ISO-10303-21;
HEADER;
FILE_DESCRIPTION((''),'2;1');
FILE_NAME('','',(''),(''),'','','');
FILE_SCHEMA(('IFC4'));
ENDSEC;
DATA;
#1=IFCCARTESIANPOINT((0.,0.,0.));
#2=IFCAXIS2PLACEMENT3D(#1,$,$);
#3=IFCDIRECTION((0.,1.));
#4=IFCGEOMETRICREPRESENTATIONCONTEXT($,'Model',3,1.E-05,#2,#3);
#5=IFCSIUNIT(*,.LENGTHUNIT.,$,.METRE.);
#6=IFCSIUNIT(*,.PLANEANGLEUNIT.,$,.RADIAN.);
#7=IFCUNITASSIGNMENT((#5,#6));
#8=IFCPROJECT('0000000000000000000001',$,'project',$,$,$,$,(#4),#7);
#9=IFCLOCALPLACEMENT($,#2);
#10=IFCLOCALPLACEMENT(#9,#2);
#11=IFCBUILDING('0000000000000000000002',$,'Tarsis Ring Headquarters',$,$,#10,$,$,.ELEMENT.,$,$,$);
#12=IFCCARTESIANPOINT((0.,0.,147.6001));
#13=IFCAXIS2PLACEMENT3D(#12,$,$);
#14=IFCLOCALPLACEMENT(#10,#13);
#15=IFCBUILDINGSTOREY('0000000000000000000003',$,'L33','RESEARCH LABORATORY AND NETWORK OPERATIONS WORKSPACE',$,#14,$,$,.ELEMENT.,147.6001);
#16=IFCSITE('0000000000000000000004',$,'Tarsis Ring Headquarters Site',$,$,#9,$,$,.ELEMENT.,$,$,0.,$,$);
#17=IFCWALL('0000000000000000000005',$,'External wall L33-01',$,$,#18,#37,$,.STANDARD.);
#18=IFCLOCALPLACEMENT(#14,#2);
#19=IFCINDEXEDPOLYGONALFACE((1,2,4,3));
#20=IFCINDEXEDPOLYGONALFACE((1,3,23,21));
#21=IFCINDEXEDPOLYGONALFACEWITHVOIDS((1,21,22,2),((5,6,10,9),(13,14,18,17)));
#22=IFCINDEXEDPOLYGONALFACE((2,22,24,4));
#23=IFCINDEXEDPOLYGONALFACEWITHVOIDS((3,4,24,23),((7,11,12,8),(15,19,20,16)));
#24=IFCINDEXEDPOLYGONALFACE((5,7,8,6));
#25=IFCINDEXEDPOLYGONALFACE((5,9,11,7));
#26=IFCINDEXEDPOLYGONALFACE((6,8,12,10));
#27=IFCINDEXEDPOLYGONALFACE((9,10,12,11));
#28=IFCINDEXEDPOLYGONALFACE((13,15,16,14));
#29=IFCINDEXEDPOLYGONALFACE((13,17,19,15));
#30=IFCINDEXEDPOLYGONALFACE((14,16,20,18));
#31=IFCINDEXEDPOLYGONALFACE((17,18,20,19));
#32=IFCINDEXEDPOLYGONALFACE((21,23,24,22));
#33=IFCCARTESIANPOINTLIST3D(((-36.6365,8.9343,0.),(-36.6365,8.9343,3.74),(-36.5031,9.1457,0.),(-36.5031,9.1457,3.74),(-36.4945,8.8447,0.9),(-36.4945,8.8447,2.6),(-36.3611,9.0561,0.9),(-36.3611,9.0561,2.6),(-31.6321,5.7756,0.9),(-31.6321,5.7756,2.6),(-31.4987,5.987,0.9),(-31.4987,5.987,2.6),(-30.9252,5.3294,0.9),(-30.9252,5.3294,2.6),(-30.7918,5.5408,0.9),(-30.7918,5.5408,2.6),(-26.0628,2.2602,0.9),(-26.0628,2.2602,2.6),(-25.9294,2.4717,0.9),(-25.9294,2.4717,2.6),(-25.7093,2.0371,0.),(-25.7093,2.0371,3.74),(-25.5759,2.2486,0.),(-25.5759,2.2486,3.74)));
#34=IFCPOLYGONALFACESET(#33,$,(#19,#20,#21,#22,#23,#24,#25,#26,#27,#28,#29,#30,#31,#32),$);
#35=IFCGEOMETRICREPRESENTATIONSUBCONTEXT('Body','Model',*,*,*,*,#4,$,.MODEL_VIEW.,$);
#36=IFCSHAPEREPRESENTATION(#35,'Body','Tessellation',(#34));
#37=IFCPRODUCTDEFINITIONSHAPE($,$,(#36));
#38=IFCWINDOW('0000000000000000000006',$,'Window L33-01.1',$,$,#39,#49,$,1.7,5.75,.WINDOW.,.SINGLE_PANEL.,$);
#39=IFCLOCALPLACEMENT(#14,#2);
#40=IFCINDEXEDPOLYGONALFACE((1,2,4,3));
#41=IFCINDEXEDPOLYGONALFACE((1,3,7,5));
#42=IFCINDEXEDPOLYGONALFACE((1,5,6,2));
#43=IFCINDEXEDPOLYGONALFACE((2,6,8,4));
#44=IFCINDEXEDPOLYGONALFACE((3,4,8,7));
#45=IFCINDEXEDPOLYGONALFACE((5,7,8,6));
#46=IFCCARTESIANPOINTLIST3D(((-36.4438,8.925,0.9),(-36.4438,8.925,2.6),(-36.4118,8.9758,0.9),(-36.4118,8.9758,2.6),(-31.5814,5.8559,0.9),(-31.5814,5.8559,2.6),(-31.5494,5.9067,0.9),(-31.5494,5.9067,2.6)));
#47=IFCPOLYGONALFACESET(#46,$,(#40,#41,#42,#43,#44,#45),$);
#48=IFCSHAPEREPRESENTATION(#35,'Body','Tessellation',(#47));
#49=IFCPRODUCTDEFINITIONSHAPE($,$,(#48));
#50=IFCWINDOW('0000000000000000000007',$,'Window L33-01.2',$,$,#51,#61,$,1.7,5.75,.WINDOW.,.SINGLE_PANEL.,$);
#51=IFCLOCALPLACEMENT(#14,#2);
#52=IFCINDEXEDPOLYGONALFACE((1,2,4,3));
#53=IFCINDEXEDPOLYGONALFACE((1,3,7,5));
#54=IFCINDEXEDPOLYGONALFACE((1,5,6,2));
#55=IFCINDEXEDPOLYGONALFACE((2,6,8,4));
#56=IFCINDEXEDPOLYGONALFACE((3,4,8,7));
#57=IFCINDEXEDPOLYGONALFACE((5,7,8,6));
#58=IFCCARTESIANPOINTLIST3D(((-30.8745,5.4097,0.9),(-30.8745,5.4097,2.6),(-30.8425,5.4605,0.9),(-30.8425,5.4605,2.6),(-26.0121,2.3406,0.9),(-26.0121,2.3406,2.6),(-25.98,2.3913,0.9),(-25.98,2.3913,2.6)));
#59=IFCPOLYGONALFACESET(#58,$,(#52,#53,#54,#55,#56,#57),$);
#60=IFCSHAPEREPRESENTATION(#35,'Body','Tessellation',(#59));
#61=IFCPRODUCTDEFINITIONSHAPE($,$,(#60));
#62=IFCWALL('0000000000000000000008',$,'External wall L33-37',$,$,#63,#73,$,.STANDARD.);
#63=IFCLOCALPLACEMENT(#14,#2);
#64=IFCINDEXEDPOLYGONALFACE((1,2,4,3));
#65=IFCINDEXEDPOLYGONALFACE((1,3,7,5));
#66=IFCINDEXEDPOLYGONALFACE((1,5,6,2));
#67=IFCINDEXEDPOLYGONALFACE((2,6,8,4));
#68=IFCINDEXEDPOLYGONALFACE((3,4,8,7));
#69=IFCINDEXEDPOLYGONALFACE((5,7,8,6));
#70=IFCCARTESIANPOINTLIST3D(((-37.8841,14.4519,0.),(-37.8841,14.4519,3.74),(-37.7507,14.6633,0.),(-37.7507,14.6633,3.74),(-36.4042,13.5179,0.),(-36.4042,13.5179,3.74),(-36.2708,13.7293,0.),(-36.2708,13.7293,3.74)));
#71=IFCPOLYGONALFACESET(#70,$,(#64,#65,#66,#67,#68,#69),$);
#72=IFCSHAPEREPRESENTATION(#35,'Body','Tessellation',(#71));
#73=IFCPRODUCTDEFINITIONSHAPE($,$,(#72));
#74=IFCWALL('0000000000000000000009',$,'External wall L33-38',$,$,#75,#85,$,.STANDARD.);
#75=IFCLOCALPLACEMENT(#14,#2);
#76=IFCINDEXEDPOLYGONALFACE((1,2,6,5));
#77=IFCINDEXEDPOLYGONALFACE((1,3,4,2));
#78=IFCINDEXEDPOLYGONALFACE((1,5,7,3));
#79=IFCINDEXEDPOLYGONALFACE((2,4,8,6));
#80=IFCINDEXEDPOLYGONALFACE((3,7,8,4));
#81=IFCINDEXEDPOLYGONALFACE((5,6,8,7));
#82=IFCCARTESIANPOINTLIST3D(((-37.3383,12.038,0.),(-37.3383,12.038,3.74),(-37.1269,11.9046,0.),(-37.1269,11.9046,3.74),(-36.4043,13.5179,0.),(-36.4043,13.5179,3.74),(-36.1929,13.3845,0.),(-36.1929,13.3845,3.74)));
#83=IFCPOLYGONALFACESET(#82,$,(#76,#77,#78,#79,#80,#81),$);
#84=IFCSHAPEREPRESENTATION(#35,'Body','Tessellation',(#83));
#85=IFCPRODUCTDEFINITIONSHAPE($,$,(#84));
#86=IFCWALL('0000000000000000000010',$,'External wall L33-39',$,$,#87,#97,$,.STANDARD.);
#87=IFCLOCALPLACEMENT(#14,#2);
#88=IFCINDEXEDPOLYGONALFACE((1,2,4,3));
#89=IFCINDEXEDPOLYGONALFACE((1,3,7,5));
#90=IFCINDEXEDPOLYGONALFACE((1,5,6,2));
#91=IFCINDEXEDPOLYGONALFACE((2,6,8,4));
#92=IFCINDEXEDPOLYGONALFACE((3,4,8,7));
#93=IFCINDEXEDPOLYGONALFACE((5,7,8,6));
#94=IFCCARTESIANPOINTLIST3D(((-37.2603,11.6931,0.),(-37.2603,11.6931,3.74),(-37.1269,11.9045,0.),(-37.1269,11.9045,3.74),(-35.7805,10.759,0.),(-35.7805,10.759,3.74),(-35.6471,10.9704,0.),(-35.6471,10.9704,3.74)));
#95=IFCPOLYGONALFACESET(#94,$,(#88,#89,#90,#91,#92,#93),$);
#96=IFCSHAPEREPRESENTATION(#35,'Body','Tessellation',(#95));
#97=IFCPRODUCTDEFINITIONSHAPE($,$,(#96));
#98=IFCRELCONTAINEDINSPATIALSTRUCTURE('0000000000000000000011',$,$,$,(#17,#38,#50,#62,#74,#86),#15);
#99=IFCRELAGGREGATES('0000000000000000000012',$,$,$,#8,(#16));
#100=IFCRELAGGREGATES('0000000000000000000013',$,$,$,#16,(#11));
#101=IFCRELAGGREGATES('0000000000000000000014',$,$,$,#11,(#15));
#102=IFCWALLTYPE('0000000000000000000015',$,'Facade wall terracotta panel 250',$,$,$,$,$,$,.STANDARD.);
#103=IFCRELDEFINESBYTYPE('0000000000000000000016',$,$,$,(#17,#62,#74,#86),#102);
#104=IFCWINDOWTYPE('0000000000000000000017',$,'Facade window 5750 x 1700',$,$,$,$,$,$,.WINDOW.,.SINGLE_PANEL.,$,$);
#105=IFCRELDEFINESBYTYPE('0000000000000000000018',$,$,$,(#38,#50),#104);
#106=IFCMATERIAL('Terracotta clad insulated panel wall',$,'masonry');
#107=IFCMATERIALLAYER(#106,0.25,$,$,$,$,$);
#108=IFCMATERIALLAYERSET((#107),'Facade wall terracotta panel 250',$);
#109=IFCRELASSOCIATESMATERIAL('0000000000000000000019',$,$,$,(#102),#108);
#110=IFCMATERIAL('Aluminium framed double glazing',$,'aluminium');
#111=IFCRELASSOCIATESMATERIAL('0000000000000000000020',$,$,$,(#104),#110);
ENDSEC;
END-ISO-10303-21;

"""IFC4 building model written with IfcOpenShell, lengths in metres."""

from ifc_helpers import new_model, si_unit, direction, frame, frame_2d, origin, place, context, subcontext, project, spatial, rectangle, extrude, material, layer, layer_set, type_object, element, fill, save


model = new_model("IFC4")

# Units and contexts
model_context = context("Model", 3, precision=1e-05, world=origin(), true_north=direction((0.0, 1.0)))
body_context = subcontext(model_context, "Body", "Model", "MODEL_VIEW")
ifc_project = project(units=[si_unit("LENGTHUNIT", "METRE"), si_unit("PLANEANGLEUNIT", "RADIAN")], contexts=[model_context])

# Site, building, storey
site_placement = place(None, origin())
site = spatial("IfcSite", under=ifc_project, at=site_placement, Name="Tarsis Ring Headquarters Site", CompositionType="ELEMENT", RefElevation=0.0)
building_placement = place(site_placement, origin())
building = spatial("IfcBuilding", under=site, at=building_placement, Name="Tarsis Ring Headquarters", CompositionType="ELEMENT")
storey_placement = place(building_placement, frame((0.0, 0.0, 147.6001)))
storey = spatial("IfcBuildingStorey", under=building, at=storey_placement, Name="L33", Description="RESEARCH LABORATORY AND NETWORK OPERATIONS WORKSPACE", CompositionType="ELEMENT", Elevation=147.6001)

# Wall, openings, windows
ifc_material_1 = material(Name="Terracotta clad insulated panel wall", Category="masonry")
ifc_layer = layer(ifc_material_1, 0.25)
ifc_layer_set = layer_set([ifc_layer], Name="Facade wall terracotta panel 250")
wall_type = type_object("IfcWallType", Name="Facade wall terracotta panel 250", PredefinedType="STANDARD", material=ifc_layer_set)
wall_placement = place(storey_placement, frame((-36.5698, 9.04, 0.0), z_axis=(0.0, 0.0, 1.0), x_axis=(0.845636, -0.533761, 0.0)))
wall = element("IfcWall", 1, at=wall_placement, inside=storey, type_object=wall_type, Name="External wall L33-01", PredefinedType="STANDARD", context=body_context, shape_type="SweptSolid", body=[
    extrude(rectangle(XDim=12.9219, YDim=0.25, at=frame_2d((6.4609, 0.0))), origin(), (0.0, 0.0, 1.0), 3.74),
])
opening_1_placement = place(wall_placement, frame((0.168, 0.0, 0.8999)))
opening_1 = element("IfcOpeningElement", 2, at=opening_1_placement, cuts=wall, PredefinedType="OPENING", context=body_context, shape_type="SweptSolid", body=[
    extrude(rectangle(XDim=5.75, YDim=1.7, at=frame_2d((2.875, 0.8501))), frame((0.0, 0.135, 0.0), z_axis=(0.0, -1.0, 0.0), x_axis=(1.0, 0.0, 0.0)), (0.0, 0.0, 1.0), 0.27),
])
opening_2_placement = place(wall_placement, frame((6.7539, 0.0, 0.8999)))
opening_2 = element("IfcOpeningElement", 3, at=opening_2_placement, cuts=wall, PredefinedType="OPENING", context=body_context, shape_type="SweptSolid", body=[
    extrude(rectangle(XDim=5.75, YDim=1.7, at=frame_2d((2.875, 0.8501))), frame((0.0, 0.135, 0.0), z_axis=(0.0, -1.0, 0.0), x_axis=(1.0, 0.0, 0.0)), (0.0, 0.0, 1.0), 0.27),
])
ifc_material_2 = material(Name="Aluminium framed double glazing", Category="aluminium")
window_type = type_object("IfcWindowType", Name="Facade window 5750 x 1700", PartitioningType="SINGLE_PANEL", PredefinedType="WINDOW", material=ifc_material_2)
window_1_placement = place(opening_1_placement, origin())
window_1 = element("IfcWindow", 4, at=window_1_placement, inside=storey, type_object=window_type, Name="Window L33-01.1", OverallHeight=1.7, OverallWidth=5.75, PartitioningType="SINGLE_PANEL", PredefinedType="WINDOW", context=body_context, shape_type="SweptSolid", body=[
    extrude(rectangle(XDim=5.75, YDim=1.7, at=frame_2d((2.875, 0.8501))), frame((0.0, 0.03, 0.0), z_axis=(0.0, -1.0, 0.0), x_axis=(1.0, 0.0, 0.0)), (0.0, 0.0, 1.0), 0.0601),
])
fill(opening_1, window_1)
window_2_placement = place(opening_2_placement, origin())
window_2 = element("IfcWindow", 5, at=window_2_placement, inside=storey, type_object=window_type, Name="Window L33-01.2", OverallHeight=1.7, OverallWidth=5.75, PartitioningType="SINGLE_PANEL", PredefinedType="WINDOW", context=body_context, shape_type="SweptSolid", body=[
    extrude(rectangle(XDim=5.75, YDim=1.7, at=frame_2d((2.875, 0.8501))), frame((0.0, 0.03, 0.0), z_axis=(0.0, -1.0, 0.0), x_axis=(1.0, 0.0, 0.0)), (0.0, 0.0, 1.0), 0.0601),
])
fill(opening_2, window_2)

# Walls
for number, where, z_axis, x_axis, name in (
    (6, (-37.8174, 14.5576, 0.0), (0.0, 0.0, 1.0), (0.845655, -0.533731, 0.0), "External wall L33-37"),
    (7, (-36.2986, 13.4512, 0.0), (0.0, 0.0, 1.0), (-0.533731, -0.845655, 0.0), "External wall L33-38"),
    (8, (-37.1936, 11.7988, 0.0), (0.0, 0.0, 1.0), (0.845615, -0.533794, 0.0), "External wall L33-39"),
):
    element("IfcWall", number, at=place(storey_placement, frame(where, z_axis=z_axis, x_axis=x_axis)), inside=storey, type_object=wall_type, Name=name, PredefinedType="STANDARD", context=body_context, shape_type="SweptSolid", body=[
        extrude(rectangle(XDim=1.75, YDim=0.25, at=frame_2d((0.875, 0.0))), origin(), (0.0, 0.0, 1.0), 3.74),
    ])

save(model, "model.ifc")
